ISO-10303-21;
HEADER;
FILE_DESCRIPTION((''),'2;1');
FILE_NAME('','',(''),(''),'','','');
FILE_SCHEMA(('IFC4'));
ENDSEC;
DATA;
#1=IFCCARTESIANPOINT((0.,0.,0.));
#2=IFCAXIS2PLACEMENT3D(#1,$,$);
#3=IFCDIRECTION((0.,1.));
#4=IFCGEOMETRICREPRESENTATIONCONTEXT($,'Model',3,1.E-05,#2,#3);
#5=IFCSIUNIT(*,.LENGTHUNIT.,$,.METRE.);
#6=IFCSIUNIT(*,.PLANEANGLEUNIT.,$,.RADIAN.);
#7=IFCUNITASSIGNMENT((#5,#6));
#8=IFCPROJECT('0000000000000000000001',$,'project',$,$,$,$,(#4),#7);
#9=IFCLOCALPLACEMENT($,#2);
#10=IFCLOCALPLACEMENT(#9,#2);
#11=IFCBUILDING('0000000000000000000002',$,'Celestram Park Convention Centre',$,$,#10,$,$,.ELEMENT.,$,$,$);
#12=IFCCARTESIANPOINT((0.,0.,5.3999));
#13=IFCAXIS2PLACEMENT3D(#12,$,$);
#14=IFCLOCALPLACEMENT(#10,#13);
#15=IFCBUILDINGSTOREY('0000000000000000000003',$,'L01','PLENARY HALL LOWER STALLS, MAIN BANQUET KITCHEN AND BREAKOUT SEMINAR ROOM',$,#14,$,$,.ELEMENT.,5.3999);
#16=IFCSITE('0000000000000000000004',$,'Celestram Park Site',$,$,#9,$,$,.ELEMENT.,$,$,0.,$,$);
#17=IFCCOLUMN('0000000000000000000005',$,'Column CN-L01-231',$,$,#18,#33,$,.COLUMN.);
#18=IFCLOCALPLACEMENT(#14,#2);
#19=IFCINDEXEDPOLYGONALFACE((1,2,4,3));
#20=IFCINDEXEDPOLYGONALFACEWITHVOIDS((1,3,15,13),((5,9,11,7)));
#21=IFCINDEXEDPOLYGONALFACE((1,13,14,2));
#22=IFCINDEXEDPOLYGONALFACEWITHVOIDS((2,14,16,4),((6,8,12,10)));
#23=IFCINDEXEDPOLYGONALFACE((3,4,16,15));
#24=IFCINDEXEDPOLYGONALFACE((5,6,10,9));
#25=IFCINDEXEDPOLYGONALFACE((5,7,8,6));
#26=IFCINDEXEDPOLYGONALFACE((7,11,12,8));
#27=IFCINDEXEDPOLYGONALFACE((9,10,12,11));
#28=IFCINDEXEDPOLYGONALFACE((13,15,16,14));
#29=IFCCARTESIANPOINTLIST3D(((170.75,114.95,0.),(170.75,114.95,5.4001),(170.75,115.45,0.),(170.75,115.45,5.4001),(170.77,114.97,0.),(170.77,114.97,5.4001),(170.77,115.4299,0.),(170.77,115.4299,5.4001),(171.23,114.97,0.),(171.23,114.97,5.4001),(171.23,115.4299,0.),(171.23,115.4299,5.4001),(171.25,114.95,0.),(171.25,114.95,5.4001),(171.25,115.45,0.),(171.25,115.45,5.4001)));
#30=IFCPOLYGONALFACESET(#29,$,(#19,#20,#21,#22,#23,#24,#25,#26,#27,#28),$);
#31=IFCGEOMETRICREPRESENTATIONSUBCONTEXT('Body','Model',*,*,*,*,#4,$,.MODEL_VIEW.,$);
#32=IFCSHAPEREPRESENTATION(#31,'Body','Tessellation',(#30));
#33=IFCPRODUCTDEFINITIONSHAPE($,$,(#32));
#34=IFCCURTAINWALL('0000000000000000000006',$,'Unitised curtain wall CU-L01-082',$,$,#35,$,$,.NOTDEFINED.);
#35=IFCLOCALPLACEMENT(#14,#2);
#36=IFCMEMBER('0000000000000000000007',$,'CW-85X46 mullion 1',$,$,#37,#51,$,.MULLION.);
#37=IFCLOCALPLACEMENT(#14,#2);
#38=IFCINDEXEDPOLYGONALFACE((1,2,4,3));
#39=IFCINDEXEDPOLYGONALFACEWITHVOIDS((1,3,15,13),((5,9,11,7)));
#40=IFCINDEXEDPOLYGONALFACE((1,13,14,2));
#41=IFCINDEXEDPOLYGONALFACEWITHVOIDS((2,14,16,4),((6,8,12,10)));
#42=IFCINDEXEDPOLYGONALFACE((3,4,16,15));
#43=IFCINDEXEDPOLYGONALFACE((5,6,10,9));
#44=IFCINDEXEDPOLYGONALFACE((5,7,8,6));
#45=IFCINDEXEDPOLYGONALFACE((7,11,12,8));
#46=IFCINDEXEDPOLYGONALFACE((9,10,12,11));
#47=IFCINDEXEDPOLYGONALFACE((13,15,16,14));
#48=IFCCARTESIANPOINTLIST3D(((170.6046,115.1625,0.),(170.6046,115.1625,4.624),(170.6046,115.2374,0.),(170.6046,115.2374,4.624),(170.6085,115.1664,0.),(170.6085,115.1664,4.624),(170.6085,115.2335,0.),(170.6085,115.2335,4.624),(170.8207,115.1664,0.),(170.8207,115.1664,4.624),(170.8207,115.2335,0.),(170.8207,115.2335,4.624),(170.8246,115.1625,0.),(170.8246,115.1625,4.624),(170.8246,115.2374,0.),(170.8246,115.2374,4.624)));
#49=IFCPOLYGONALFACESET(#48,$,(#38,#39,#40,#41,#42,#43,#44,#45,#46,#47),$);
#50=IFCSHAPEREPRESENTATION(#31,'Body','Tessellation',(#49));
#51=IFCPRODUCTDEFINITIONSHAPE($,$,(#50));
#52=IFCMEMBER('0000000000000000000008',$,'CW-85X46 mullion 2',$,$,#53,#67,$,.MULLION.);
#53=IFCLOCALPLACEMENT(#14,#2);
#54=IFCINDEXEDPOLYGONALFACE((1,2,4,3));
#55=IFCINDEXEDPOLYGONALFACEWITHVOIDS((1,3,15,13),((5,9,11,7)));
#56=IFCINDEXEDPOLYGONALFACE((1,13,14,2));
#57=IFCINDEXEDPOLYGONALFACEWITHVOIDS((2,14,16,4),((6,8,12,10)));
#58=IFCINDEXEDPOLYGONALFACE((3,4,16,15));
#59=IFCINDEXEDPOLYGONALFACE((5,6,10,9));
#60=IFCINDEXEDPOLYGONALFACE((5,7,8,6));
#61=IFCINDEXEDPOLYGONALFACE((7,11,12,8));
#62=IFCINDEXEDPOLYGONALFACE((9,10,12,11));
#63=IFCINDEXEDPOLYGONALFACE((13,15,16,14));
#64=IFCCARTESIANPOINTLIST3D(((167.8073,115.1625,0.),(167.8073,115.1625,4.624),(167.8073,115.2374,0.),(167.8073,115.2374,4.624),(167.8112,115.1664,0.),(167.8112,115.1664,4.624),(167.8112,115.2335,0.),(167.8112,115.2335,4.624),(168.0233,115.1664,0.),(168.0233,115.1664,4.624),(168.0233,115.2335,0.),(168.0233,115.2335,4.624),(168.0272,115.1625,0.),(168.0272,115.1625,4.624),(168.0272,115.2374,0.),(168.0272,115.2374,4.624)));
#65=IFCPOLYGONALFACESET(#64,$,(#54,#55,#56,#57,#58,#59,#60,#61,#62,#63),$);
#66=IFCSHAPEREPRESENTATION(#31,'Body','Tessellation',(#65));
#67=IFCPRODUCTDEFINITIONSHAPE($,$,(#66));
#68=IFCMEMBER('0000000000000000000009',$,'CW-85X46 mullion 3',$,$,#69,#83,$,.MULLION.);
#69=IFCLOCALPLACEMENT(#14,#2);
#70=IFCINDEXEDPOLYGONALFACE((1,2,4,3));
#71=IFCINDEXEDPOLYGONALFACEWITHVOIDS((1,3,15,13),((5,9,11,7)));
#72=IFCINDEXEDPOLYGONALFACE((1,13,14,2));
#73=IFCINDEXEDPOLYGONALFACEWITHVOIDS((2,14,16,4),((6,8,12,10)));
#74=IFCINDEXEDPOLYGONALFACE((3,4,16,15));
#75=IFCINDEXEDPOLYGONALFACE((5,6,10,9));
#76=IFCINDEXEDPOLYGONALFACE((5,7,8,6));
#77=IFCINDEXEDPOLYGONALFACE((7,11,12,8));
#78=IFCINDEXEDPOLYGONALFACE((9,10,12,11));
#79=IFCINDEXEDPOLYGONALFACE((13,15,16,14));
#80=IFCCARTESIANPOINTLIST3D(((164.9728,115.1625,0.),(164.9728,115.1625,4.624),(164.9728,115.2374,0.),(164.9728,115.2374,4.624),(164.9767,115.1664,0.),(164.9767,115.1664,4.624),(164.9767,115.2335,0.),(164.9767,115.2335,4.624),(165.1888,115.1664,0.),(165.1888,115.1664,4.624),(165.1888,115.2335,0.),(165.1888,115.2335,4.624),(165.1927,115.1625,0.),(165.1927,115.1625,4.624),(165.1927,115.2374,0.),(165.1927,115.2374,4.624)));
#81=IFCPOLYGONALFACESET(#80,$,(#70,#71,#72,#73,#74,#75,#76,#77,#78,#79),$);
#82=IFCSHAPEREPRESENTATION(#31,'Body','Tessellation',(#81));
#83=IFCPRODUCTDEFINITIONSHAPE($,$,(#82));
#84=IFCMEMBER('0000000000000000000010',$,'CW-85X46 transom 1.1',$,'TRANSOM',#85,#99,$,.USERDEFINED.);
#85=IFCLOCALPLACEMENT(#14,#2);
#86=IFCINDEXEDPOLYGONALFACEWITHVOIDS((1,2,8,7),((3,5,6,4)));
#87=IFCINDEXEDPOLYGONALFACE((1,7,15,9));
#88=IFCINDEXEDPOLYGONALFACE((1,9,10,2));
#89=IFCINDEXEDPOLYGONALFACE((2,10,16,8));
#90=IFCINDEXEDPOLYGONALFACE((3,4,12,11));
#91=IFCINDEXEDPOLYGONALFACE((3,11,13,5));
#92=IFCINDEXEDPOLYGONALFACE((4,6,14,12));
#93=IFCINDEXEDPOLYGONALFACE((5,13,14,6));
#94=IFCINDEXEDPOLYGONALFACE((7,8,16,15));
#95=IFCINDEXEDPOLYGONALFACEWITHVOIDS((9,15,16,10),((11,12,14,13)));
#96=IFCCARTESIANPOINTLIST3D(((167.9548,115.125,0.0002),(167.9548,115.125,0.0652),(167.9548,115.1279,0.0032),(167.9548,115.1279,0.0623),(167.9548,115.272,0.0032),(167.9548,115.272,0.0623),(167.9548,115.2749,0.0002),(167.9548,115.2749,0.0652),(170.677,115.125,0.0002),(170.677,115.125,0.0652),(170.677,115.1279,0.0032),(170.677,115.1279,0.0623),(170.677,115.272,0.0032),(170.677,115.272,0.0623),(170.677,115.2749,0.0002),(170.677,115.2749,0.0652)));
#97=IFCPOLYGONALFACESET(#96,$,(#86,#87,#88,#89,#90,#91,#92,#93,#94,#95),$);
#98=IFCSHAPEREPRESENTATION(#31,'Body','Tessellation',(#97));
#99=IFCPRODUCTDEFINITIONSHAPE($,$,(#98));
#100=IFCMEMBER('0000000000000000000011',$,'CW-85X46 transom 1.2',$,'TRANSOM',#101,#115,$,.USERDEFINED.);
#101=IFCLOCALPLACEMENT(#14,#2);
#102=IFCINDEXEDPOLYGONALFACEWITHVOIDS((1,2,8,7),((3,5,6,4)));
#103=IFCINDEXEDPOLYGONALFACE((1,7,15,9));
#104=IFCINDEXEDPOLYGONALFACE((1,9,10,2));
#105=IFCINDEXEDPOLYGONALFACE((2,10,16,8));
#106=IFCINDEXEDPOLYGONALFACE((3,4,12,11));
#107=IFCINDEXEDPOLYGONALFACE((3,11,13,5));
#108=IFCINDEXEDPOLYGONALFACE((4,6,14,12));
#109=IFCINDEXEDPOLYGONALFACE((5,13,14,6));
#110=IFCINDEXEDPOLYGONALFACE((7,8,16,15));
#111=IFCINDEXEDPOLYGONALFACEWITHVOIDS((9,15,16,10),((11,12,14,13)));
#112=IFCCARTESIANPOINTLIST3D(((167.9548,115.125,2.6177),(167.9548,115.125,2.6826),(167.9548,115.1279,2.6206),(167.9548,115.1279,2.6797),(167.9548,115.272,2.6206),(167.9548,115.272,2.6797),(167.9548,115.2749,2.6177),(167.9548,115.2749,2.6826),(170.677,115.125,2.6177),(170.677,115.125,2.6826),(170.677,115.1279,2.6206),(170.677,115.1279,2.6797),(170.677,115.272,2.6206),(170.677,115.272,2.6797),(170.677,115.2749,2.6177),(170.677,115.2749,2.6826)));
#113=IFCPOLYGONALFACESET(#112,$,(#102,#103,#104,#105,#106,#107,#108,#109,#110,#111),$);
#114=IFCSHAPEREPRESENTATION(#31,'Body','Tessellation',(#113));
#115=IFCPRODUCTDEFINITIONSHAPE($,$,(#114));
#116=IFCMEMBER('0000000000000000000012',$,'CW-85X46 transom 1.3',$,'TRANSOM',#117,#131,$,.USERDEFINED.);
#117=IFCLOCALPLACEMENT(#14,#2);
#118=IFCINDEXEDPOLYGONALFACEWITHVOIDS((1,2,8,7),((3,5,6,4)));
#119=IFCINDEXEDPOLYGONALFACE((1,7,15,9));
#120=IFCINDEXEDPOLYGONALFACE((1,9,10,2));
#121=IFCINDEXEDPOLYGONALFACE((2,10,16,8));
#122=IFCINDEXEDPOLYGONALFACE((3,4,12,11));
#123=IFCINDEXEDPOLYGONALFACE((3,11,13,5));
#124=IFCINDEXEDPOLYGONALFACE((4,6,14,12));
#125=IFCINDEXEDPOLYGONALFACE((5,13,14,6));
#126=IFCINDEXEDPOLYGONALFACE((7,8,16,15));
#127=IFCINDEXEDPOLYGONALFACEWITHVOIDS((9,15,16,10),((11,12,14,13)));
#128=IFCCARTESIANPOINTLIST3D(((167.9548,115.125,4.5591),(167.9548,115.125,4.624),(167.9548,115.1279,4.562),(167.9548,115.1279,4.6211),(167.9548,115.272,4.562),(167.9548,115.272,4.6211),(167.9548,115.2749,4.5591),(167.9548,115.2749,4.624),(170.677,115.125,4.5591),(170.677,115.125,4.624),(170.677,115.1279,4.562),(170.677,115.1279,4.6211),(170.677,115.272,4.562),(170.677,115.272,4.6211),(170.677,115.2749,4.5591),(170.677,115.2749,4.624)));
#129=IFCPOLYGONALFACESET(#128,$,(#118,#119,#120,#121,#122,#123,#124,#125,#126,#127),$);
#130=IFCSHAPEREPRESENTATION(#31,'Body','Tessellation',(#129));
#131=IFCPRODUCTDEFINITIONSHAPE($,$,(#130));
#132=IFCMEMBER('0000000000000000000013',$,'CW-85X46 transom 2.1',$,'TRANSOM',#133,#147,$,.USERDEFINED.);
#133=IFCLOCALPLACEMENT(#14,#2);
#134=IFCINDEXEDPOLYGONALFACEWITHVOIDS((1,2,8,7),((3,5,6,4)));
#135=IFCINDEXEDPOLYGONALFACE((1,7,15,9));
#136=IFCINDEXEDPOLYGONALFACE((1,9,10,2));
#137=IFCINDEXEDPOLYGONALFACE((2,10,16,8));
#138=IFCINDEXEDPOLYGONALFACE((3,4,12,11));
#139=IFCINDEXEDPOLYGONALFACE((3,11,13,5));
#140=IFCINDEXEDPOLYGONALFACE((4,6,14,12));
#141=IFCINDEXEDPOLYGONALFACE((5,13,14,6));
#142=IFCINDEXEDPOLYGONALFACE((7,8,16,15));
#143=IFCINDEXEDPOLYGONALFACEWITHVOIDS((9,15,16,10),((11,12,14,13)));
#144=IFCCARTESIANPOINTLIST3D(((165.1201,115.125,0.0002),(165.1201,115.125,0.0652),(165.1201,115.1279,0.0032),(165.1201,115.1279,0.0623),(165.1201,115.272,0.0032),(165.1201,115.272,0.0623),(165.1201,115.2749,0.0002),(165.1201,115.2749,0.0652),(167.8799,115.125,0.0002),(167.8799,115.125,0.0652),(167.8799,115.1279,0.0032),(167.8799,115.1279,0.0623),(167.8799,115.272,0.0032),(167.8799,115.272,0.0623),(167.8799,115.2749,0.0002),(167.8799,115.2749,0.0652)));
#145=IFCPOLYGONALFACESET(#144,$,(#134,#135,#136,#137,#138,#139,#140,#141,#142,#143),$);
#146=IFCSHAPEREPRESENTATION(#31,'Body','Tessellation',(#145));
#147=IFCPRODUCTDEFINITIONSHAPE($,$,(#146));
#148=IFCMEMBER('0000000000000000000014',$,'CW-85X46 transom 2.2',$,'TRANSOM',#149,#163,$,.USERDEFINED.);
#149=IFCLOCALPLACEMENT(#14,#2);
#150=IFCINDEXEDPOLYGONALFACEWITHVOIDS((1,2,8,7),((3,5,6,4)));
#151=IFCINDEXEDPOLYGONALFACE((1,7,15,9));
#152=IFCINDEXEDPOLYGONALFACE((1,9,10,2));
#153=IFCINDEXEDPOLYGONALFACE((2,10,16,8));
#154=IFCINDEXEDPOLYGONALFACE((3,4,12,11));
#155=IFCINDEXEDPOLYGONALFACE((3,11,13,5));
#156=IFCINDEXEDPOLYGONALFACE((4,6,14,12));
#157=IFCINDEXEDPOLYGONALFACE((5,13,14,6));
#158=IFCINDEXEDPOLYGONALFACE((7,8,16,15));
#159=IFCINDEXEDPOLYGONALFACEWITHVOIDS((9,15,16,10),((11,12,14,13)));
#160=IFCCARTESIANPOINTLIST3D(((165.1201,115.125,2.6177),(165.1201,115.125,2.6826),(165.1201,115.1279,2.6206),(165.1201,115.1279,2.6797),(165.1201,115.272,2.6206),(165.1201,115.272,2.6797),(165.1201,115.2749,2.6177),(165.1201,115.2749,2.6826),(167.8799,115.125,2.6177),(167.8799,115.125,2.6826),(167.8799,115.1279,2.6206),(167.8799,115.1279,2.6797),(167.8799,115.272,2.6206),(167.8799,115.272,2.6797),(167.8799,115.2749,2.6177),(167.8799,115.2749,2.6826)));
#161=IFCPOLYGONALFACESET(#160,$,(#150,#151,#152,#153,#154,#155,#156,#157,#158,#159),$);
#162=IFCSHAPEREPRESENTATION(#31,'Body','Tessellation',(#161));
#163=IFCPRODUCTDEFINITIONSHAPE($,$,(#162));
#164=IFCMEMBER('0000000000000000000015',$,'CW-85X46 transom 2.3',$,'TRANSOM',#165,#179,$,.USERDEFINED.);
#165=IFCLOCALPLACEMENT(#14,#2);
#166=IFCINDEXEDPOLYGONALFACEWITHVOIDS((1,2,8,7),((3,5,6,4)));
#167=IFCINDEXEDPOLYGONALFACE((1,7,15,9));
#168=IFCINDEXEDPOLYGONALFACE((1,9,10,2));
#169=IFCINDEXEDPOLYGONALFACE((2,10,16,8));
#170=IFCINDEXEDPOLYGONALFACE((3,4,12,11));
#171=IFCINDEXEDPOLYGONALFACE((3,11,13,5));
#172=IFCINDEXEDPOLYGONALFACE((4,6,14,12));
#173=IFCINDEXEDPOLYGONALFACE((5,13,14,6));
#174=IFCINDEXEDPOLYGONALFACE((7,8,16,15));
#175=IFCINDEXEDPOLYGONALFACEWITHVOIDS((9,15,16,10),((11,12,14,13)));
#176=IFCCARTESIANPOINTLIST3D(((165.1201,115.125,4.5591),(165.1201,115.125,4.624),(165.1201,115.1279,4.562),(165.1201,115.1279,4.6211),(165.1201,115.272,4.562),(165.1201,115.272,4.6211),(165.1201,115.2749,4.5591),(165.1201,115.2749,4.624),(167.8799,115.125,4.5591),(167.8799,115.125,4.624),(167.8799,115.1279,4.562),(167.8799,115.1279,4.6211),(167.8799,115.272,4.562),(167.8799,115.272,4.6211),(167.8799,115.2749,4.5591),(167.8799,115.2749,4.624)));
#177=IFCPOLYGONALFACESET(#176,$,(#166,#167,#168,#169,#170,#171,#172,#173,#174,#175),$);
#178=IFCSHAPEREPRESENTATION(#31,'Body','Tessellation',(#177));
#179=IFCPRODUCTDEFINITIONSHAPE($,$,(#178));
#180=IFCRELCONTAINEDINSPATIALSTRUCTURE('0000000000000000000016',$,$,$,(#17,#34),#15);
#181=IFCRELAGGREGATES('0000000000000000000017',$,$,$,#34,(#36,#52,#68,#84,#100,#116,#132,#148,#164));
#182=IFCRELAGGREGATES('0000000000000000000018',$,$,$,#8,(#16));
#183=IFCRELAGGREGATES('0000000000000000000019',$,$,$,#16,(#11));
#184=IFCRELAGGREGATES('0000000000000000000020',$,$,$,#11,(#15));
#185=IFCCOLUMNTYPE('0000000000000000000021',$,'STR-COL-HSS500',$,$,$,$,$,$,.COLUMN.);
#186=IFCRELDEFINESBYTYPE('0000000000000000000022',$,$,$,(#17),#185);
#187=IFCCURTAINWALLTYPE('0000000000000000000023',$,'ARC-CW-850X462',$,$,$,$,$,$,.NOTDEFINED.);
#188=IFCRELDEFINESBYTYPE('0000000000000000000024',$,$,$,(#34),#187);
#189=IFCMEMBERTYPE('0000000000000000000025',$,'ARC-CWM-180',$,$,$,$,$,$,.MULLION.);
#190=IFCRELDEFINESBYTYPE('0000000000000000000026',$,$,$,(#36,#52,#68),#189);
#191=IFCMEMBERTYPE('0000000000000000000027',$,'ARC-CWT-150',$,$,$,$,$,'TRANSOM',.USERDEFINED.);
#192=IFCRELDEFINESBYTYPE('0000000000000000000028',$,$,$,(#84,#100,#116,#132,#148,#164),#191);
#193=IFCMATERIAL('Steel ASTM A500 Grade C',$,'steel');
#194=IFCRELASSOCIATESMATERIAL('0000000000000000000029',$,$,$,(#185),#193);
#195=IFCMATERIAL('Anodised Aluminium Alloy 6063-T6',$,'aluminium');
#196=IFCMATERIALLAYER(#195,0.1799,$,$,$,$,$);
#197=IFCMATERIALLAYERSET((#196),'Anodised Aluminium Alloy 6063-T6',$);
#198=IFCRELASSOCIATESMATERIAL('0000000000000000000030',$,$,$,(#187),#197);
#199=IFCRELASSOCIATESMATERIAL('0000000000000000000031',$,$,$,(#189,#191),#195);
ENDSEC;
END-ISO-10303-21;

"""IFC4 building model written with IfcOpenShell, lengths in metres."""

from ifc_helpers import new_model, si_unit, direction, frame, origin, origin_2d, place, context, subcontext, project, spatial, hollow_rectangle, extrude, material, layer, layer_set, material_profile, profile_set, type_object, element, aggregate, save


model = new_model("IFC4")

# Units and contexts
model_context = context("Model", 3, precision=1e-05, world=origin(), true_north=direction((0.0, 1.0)))
body_context = subcontext(model_context, "Body", "Model", "MODEL_VIEW")
ifc_project = project(units=[si_unit("LENGTHUNIT", "METRE"), si_unit("PLANEANGLEUNIT", "RADIAN")], contexts=[model_context])

# Site, building, storey
site_placement = place(None, origin())
site = spatial("IfcSite", under=ifc_project, at=site_placement, Name="Celestram Park Site", CompositionType="ELEMENT", RefElevation=0.0)
building_placement = place(site_placement, origin())
building = spatial("IfcBuilding", under=site, at=building_placement, Name="Celestram Park Convention Centre", CompositionType="ELEMENT")
storey_placement = place(building_placement, frame((0.0, 0.0, 5.3999)))
storey = spatial("IfcBuildingStorey", under=building, at=storey_placement, Name="L01", Description="PLENARY HALL LOWER STALLS, MAIN BANQUET KITCHEN AND BREAKOUT SEMINAR ROOM", CompositionType="ELEMENT", Elevation=5.3999)

# Column
ifc_material_1 = material(Name="Steel ASTM A500 Grade C", Category="steel")
ifc_material_profile_1 = material_profile(ifc_material_1, hollow_rectangle(XDim=0.5, YDim=0.5, WallThickness=0.02, at=origin_2d()), Name="HSS500X500X20")
ifc_profile_set_1 = profile_set([ifc_material_profile_1], Name="Steel ASTM A500 Grade C")
column_type = type_object("IfcColumnType", Name="STR-COL-HSS500", PredefinedType="COLUMN", material=ifc_profile_set_1)
column_placement = place(storey_placement, frame((171.0, 115.2, 0.0), z_axis=(0.0, 0.0, 1.0), x_axis=(1.0, 0.0, 0.0)))
element("IfcColumn", 1, at=column_placement, inside=storey, type_object=column_type, Name="Column CN-L01-231", PredefinedType="COLUMN", context=body_context, shape_type="SweptSolid", body=[
    extrude(hollow_rectangle(XDim=0.5, YDim=0.5, WallThickness=0.02, at=origin_2d()), origin(), (0.0, 0.0, 1.0), 5.4001),
])

# Curtain wall, members
ifc_material_2 = material(Name="Anodised Aluminium Alloy 6063-T6", Category="aluminium")
ifc_layer_1 = layer(ifc_material_2, 0.1799)
ifc_layer_set_1 = layer_set([ifc_layer_1], Name="Anodised Aluminium Alloy 6063-T6")
curtain_wall_type = type_object("IfcCurtainWallType", Name="ARC-CW-850X462", PredefinedType="NOTDEFINED", material=ifc_layer_set_1)
curtain_wall_placement = place(storey_placement, origin())
curtain_wall = element("IfcCurtainWall", 2, at=curtain_wall_placement, inside=storey, type_object=curtain_wall_type, Name="Unitised curtain wall CU-L01-082", PredefinedType="NOTDEFINED")
ifc_material_profile_2 = material_profile(ifc_material_2, hollow_rectangle(XDim=0.075, YDim=0.22, WallThickness=0.0039, at=origin_2d()), Name="ALU75X220X4")
ifc_profile_set_2 = profile_set([ifc_material_profile_2], Name="Anodised Aluminium Alloy 6063-T6")
member_type_1 = type_object("IfcMemberType", Name="ARC-CWM-180", PredefinedType="MULLION", material=ifc_profile_set_2)
member_1_placement = place(storey_placement, frame((170.7146, 115.2, 0.0), z_axis=(0.0, 0.0, 1.0), x_axis=(0.0, -1.0, 0.0)))
member_1 = element("IfcMember", 3, at=member_1_placement, type_object=member_type_1, Name="CW-85X46 mullion 1", PredefinedType="MULLION", context=body_context, shape_type="SweptSolid", body=[
    extrude(hollow_rectangle(XDim=0.075, YDim=0.22, WallThickness=0.0039, at=origin_2d()), origin(), (0.0, 0.0, 1.0), 4.624),
])
member_2_placement = place(storey_placement, frame((167.9172, 115.2, 0.0), z_axis=(0.0, 0.0, 1.0), x_axis=(0.0, -1.0, 0.0)))
member_2 = element("IfcMember", 4, at=member_2_placement, type_object=member_type_1, Name="CW-85X46 mullion 2", PredefinedType="MULLION", context=body_context, shape_type="SweptSolid", body=[
    extrude(hollow_rectangle(XDim=0.075, YDim=0.22, WallThickness=0.0039, at=origin_2d()), origin(), (0.0, 0.0, 1.0), 4.624),
])
member_3_placement = place(storey_placement, frame((165.0828, 115.2, 0.0), z_axis=(0.0, 0.0, 1.0), x_axis=(0.0, -1.0, 0.0)))
member_3 = element("IfcMember", 5, at=member_3_placement, type_object=member_type_1, Name="CW-85X46 mullion 3", PredefinedType="MULLION", context=body_context, shape_type="SweptSolid", body=[
    extrude(hollow_rectangle(XDim=0.075, YDim=0.22, WallThickness=0.0039, at=origin_2d()), origin(), (0.0, 0.0, 1.0), 4.624),
])
ifc_material_profile_3 = material_profile(ifc_material_2, hollow_rectangle(XDim=0.1499, YDim=0.0649, WallThickness=0.0029, at=origin_2d()), Name="ALU150X65X3")
ifc_profile_set_3 = profile_set([ifc_material_profile_3], Name="Anodised Aluminium Alloy 6063-T6")
member_type_2 = type_object("IfcMemberType", Name="ARC-CWT-150", ElementType="TRANSOM", PredefinedType="USERDEFINED", material=ifc_profile_set_3)
member_4_placement = place(storey_placement, frame((170.677, 115.2, 0.0327), z_axis=(-1.0, 0.0, 0.0), x_axis=(0.0, -1.0, 0.0)))
member_4 = element("IfcMember", 6, at=member_4_placement, type_object=member_type_2, Name="CW-85X46 transom 1.1", ObjectType="TRANSOM", PredefinedType="USERDEFINED", context=body_context, shape_type="SweptSolid", body=[
    extrude(hollow_rectangle(XDim=0.1499, YDim=0.0649, WallThickness=0.0029, at=origin_2d()), origin(), (0.0, 0.0, 1.0), 2.7222),
])
member_5_placement = place(storey_placement, frame((170.677, 115.2, 2.6501), z_axis=(-1.0, 0.0, 0.0), x_axis=(0.0, -1.0, 0.0)))
member_5 = element("IfcMember", 7, at=member_5_placement, type_object=member_type_2, Name="CW-85X46 transom 1.2", ObjectType="TRANSOM", PredefinedType="USERDEFINED", context=body_context, shape_type="SweptSolid", body=[
    extrude(hollow_rectangle(XDim=0.1499, YDim=0.0649, WallThickness=0.0029, at=origin_2d()), origin(), (0.0, 0.0, 1.0), 2.7222),
])
member_6_placement = place(storey_placement, frame((170.677, 115.2, 4.5916), z_axis=(-1.0, 0.0, 0.0), x_axis=(0.0, -1.0, 0.0)))
member_6 = element("IfcMember", 8, at=member_6_placement, type_object=member_type_2, Name="CW-85X46 transom 1.3", ObjectType="TRANSOM", PredefinedType="USERDEFINED", context=body_context, shape_type="SweptSolid", body=[
    extrude(hollow_rectangle(XDim=0.1499, YDim=0.0649, WallThickness=0.0029, at=origin_2d()), origin(), (0.0, 0.0, 1.0), 2.7222),
])
member_7_placement = place(storey_placement, frame((167.8799, 115.2, 0.0327), z_axis=(-1.0, 0.0, 0.0), x_axis=(0.0, -1.0, 0.0)))
member_7 = element("IfcMember", 9, at=member_7_placement, type_object=member_type_2, Name="CW-85X46 transom 2.1", ObjectType="TRANSOM", PredefinedType="USERDEFINED", context=body_context, shape_type="SweptSolid", body=[
    extrude(hollow_rectangle(XDim=0.1499, YDim=0.0649, WallThickness=0.0029, at=origin_2d()), origin(), (0.0, 0.0, 1.0), 2.7598),
])
member_8_placement = place(storey_placement, frame((167.8799, 115.2, 2.6501), z_axis=(-1.0, 0.0, 0.0), x_axis=(0.0, -1.0, 0.0)))
member_8 = element("IfcMember", 10, at=member_8_placement, type_object=member_type_2, Name="CW-85X46 transom 2.2", ObjectType="TRANSOM", PredefinedType="USERDEFINED", context=body_context, shape_type="SweptSolid", body=[
    extrude(hollow_rectangle(XDim=0.1499, YDim=0.0649, WallThickness=0.0029, at=origin_2d()), origin(), (0.0, 0.0, 1.0), 2.7598),
])
member_9_placement = place(storey_placement, frame((167.8799, 115.2, 4.5916), z_axis=(-1.0, 0.0, 0.0), x_axis=(0.0, -1.0, 0.0)))
member_9 = element("IfcMember", 11, at=member_9_placement, type_object=member_type_2, Name="CW-85X46 transom 2.3", ObjectType="TRANSOM", PredefinedType="USERDEFINED", context=body_context, shape_type="SweptSolid", body=[
    extrude(hollow_rectangle(XDim=0.1499, YDim=0.0649, WallThickness=0.0029, at=origin_2d()), origin(), (0.0, 0.0, 1.0), 2.7598),
])

aggregate(curtain_wall, [member_1, member_2, member_3, member_4, member_5, member_6, member_7, member_8, member_9])

save(model, "model.ifc")
